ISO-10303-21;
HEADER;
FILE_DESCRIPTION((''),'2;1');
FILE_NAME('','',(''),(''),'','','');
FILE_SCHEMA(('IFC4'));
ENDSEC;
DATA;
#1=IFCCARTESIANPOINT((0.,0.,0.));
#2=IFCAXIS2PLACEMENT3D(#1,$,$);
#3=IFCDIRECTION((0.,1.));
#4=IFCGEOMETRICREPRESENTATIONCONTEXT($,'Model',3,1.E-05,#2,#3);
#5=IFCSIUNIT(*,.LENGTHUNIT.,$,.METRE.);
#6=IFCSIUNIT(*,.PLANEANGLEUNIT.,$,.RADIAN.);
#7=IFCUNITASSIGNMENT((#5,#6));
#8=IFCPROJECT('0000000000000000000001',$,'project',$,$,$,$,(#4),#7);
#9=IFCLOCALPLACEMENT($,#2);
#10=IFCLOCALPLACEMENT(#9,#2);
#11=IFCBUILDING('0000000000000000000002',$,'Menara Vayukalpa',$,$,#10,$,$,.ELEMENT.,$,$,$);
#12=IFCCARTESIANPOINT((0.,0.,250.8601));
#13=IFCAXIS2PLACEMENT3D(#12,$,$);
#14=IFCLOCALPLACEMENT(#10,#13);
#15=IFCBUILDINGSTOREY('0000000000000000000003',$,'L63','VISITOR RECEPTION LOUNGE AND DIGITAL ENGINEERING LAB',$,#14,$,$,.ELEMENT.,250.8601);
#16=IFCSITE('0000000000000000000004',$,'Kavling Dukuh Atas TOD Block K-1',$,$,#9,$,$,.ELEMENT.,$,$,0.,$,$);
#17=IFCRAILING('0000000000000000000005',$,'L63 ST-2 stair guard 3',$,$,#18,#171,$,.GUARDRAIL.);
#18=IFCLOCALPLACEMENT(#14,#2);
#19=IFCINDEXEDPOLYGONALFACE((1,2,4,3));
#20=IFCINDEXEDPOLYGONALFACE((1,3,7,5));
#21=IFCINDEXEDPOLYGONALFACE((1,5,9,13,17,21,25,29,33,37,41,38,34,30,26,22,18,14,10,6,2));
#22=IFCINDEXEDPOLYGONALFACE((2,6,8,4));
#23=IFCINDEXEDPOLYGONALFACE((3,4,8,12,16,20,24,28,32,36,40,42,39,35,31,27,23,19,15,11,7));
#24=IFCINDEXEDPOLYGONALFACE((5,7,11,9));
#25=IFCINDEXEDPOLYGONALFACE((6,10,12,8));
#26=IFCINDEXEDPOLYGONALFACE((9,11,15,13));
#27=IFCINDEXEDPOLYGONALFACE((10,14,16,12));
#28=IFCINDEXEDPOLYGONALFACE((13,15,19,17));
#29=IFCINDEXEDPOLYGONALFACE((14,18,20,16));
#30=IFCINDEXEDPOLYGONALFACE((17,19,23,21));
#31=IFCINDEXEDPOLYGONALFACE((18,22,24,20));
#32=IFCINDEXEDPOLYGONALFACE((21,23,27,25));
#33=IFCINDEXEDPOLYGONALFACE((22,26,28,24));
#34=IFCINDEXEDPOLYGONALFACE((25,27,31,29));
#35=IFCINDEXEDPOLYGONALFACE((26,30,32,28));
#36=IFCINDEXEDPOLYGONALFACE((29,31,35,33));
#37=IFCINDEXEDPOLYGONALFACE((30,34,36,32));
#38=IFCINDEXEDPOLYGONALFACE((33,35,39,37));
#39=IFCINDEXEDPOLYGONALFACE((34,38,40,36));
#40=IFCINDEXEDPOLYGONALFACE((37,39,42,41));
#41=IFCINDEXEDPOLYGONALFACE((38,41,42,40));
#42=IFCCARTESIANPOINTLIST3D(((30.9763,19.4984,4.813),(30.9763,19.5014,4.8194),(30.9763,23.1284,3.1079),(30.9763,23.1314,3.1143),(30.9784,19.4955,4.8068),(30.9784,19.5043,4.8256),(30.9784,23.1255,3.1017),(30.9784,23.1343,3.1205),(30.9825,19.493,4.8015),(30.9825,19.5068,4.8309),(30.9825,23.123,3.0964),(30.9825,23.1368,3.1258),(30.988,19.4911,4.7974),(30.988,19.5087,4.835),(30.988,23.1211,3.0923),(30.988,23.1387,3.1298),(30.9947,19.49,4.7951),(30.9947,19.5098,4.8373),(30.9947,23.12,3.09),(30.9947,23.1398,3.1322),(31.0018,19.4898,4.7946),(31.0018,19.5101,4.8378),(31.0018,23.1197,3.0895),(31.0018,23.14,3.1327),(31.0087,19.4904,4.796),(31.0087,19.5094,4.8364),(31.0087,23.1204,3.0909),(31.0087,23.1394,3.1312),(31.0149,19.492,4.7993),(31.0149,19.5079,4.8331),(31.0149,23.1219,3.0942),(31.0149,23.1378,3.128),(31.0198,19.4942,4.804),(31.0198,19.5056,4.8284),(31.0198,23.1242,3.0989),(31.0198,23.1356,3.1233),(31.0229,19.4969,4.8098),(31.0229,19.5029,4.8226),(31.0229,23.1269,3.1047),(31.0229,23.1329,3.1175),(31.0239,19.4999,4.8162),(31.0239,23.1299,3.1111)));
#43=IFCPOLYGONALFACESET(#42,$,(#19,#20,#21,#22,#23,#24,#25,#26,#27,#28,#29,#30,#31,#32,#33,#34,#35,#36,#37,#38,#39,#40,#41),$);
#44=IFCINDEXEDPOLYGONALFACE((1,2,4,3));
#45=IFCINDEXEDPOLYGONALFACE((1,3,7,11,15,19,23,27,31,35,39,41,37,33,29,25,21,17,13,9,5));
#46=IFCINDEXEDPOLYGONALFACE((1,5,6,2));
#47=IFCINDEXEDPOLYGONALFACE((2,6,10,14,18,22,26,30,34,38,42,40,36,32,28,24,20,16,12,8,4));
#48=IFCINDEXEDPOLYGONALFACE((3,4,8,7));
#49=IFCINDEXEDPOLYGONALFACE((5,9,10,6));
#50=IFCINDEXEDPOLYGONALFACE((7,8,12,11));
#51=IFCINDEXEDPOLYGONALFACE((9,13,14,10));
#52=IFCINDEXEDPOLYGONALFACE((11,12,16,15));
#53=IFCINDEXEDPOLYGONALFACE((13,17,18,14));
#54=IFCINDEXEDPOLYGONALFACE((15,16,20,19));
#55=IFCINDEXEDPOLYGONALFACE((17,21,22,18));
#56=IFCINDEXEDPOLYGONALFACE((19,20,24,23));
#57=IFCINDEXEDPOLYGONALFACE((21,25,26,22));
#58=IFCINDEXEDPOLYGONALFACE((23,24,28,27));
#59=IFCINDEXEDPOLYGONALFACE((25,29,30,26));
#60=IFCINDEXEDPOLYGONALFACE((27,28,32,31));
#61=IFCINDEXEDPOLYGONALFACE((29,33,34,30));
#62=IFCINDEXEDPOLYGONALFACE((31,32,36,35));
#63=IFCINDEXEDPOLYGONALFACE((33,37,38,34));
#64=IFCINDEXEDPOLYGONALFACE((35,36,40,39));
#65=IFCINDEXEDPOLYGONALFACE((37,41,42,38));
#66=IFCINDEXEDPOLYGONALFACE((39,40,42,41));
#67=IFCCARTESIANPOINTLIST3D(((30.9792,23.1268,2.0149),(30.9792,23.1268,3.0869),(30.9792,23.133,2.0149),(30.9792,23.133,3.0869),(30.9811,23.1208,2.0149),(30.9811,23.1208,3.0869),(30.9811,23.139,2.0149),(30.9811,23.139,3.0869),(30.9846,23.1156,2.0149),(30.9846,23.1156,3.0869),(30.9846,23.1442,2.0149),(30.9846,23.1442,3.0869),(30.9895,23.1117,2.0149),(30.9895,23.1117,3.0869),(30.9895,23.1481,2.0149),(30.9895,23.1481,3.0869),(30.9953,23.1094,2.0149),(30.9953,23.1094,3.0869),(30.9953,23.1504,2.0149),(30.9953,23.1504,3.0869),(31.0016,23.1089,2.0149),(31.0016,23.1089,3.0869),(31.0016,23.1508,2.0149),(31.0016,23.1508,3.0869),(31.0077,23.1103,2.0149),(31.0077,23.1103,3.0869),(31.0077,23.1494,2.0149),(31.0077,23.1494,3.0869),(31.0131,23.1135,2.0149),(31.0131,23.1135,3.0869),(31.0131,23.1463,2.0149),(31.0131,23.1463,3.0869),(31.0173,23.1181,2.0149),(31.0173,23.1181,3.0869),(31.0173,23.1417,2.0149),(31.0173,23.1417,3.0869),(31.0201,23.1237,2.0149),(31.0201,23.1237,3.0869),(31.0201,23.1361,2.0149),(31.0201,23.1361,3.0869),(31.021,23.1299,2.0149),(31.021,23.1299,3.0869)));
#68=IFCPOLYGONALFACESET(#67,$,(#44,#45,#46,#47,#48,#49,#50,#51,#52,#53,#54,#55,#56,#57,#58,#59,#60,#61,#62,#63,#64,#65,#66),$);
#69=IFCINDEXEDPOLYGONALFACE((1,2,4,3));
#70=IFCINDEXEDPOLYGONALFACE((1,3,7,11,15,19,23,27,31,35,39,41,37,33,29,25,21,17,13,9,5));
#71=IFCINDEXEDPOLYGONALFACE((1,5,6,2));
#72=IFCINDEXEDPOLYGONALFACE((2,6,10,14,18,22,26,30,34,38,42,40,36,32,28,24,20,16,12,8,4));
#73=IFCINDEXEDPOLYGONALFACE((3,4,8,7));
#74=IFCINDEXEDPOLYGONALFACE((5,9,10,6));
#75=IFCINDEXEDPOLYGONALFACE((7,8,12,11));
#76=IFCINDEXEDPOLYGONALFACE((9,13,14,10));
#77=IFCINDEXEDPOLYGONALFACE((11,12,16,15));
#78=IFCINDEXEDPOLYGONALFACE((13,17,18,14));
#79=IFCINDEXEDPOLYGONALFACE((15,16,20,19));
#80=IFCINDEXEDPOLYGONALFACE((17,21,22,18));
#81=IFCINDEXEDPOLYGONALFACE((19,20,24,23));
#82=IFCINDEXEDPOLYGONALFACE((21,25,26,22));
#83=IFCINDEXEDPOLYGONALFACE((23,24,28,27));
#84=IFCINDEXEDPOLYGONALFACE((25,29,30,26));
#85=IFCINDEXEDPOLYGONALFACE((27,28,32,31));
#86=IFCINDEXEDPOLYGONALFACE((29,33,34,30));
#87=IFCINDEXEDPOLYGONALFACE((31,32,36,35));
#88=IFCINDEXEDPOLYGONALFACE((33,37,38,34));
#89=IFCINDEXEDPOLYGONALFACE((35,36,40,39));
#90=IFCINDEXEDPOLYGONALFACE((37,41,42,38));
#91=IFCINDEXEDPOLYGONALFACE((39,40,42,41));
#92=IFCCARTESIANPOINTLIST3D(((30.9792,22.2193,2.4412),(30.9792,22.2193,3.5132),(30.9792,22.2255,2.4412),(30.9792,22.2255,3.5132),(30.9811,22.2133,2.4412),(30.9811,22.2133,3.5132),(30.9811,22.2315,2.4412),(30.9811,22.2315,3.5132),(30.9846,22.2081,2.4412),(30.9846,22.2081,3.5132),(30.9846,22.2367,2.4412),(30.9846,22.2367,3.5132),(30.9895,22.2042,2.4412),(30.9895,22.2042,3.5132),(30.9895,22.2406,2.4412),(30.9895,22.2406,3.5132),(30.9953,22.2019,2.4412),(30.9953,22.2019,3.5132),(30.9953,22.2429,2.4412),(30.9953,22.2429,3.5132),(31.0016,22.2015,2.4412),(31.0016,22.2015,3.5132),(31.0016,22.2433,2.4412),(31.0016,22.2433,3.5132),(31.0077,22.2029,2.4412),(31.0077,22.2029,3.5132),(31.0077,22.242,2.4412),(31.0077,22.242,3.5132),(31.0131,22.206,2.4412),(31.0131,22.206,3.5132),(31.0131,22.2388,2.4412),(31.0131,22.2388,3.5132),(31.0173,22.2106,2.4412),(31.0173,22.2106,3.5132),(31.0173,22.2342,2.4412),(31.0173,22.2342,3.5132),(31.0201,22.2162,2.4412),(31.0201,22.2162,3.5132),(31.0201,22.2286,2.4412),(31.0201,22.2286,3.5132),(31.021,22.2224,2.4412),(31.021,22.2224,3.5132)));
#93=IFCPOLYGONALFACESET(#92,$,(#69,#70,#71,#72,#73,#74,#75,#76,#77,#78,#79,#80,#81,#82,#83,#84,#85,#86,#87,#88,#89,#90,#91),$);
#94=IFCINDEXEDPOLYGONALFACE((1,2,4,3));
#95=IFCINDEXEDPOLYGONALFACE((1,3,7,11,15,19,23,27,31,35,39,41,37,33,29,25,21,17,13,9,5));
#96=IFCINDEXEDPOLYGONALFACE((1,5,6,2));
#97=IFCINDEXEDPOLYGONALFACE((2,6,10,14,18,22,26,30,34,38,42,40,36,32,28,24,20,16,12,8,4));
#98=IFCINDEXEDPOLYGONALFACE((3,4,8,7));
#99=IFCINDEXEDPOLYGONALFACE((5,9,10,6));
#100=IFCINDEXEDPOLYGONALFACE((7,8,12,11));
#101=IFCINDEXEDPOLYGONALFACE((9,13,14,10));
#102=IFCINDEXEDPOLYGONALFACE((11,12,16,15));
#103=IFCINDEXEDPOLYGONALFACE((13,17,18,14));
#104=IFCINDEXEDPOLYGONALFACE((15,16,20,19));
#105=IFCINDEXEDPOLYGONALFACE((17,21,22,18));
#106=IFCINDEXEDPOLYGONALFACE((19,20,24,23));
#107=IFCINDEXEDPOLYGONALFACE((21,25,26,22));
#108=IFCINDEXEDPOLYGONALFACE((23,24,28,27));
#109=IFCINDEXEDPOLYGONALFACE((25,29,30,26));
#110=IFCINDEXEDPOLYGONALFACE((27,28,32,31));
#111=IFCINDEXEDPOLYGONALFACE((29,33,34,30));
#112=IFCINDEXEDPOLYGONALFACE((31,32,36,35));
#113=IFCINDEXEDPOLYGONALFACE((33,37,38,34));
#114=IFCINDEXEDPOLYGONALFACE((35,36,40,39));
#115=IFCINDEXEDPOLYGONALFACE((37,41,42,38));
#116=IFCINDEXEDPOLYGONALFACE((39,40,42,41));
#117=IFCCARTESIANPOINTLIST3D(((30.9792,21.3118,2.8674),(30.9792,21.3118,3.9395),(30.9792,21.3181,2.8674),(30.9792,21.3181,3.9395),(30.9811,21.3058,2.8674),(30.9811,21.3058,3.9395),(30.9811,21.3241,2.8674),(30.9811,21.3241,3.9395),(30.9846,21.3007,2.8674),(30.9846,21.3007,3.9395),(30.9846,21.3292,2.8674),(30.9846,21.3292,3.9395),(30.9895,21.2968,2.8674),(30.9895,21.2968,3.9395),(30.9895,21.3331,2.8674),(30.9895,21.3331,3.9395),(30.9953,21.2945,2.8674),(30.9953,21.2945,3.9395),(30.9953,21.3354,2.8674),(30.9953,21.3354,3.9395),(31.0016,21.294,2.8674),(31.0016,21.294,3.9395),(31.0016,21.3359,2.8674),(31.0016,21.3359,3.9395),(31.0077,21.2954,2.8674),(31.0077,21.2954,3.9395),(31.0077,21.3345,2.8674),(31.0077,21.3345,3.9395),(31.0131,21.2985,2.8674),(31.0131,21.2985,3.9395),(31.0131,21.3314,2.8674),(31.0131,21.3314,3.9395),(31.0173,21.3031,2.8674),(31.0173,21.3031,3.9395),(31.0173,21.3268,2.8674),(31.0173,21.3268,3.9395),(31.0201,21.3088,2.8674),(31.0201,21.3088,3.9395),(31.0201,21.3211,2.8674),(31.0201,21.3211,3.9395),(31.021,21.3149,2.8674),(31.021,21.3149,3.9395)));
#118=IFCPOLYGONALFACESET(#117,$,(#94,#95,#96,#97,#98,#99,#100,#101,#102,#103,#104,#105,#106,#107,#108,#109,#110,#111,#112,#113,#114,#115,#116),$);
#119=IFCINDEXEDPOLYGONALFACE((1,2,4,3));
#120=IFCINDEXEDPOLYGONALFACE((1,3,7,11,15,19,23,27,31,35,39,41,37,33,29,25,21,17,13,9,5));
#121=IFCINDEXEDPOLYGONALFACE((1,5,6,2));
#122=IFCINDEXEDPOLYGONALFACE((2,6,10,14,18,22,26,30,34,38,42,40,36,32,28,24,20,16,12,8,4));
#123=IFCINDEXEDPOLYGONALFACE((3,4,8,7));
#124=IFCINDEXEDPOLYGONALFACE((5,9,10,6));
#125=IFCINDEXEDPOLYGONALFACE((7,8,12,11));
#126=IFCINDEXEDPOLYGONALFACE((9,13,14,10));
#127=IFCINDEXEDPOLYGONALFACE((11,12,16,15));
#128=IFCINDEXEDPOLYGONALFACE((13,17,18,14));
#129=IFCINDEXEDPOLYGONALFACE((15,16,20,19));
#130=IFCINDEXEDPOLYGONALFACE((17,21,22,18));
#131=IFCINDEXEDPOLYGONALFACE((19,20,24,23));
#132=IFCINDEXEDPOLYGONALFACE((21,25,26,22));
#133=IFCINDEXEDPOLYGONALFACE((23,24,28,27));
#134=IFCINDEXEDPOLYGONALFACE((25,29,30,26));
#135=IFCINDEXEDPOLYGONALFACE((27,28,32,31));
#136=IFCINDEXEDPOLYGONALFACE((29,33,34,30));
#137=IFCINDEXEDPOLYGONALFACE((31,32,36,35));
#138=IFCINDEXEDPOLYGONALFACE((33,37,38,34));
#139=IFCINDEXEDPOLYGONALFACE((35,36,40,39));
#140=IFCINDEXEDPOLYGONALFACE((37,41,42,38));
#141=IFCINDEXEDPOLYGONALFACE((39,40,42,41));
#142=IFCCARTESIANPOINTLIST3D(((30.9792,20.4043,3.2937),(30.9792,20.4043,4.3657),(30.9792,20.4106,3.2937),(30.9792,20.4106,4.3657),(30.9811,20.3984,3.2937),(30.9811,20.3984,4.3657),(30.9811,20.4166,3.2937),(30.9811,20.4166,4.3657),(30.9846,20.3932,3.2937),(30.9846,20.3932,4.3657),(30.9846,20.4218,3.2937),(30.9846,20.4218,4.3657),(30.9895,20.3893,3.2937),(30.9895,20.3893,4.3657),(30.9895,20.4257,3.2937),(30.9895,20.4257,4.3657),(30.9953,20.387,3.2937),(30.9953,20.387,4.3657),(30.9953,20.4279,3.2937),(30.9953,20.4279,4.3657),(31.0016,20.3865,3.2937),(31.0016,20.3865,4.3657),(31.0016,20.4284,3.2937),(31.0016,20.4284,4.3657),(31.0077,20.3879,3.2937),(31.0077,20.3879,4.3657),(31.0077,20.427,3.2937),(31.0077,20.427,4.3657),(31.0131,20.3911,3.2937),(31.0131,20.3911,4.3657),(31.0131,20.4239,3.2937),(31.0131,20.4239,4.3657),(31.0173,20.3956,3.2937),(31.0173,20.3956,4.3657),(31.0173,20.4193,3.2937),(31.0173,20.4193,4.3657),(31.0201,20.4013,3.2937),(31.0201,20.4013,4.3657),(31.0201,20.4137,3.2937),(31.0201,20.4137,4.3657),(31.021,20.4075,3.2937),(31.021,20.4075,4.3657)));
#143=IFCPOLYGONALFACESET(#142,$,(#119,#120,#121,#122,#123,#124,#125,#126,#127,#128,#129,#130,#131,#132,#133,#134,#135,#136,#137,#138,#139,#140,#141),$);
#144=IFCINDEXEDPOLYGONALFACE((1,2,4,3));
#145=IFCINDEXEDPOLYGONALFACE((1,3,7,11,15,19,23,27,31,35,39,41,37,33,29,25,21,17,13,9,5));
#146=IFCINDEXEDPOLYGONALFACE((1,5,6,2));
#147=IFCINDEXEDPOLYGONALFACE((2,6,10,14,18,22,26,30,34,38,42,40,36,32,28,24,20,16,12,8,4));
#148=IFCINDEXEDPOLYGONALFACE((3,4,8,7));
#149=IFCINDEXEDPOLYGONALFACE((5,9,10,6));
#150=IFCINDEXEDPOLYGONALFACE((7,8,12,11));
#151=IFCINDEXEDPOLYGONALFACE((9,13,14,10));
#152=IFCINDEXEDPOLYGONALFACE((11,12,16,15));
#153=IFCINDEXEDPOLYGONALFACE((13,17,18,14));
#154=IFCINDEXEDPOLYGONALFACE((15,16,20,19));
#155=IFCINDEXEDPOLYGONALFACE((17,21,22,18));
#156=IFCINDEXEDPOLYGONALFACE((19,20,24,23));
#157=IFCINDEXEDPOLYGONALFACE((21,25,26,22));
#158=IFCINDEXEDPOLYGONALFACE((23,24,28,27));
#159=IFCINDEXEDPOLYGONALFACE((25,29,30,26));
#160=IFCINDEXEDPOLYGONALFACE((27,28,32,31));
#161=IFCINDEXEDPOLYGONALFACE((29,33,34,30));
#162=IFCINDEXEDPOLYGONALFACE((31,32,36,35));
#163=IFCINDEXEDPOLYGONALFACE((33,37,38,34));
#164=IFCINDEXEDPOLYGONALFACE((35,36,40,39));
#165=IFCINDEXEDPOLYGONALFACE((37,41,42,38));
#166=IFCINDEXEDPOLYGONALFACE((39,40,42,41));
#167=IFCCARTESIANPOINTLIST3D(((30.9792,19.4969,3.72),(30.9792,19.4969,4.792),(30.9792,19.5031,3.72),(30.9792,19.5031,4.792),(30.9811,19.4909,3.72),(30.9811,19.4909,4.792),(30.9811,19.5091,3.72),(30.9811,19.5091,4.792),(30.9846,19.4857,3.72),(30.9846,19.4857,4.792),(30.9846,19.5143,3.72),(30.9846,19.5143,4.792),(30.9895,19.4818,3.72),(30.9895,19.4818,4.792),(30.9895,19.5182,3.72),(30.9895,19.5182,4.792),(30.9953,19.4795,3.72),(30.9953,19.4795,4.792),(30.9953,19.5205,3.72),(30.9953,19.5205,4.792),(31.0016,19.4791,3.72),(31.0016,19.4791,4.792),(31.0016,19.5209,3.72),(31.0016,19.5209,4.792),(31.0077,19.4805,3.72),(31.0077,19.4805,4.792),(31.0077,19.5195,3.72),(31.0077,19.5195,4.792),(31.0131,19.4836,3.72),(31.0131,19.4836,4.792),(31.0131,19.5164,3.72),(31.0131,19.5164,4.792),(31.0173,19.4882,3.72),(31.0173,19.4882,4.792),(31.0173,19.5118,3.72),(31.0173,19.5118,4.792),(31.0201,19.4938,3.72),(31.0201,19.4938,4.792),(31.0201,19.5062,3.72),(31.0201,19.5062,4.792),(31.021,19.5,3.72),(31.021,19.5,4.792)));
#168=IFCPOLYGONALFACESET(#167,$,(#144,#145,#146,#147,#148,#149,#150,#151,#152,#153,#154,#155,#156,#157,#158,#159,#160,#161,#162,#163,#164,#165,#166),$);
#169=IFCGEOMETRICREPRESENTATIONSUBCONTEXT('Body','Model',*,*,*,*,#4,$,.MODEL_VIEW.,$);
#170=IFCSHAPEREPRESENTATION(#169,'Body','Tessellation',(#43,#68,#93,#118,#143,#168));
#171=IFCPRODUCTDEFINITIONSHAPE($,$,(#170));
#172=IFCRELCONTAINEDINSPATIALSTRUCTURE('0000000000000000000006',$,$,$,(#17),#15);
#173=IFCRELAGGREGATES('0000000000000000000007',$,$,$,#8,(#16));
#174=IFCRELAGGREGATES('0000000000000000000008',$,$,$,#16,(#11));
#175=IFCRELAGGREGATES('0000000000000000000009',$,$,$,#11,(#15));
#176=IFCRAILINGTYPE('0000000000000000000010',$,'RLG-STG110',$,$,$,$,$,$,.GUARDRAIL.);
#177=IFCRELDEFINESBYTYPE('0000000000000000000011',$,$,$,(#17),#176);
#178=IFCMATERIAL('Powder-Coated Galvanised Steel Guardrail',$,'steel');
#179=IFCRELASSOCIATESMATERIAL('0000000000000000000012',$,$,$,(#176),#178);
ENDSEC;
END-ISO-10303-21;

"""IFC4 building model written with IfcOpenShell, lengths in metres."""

from ifc_helpers import new_model, si_unit, direction, frame, origin, origin_2d, place, context, subcontext, project, spatial, circle, extrude, material, type_object, element, save


model = new_model("IFC4")

# Units and contexts
model_context = context("Model", 3, precision=1e-05, world=origin(), true_north=direction((0.0, 1.0)))
body_context = subcontext(model_context, "Body", "Model", "MODEL_VIEW")
ifc_project = project(units=[si_unit("LENGTHUNIT", "METRE"), si_unit("PLANEANGLEUNIT", "RADIAN")], contexts=[model_context])

# Site, building, storey
site_placement = place(None, origin())
site = spatial("IfcSite", under=ifc_project, at=site_placement, Name="Kavling Dukuh Atas TOD Block K-1", CompositionType="ELEMENT", RefElevation=0.0)
building_placement = place(site_placement, origin())
building = spatial("IfcBuilding", under=site, at=building_placement, Name="Menara Vayukalpa", CompositionType="ELEMENT")
storey_placement = place(building_placement, frame((0.0, 0.0, 250.8601)))
storey = spatial("IfcBuildingStorey", under=building, at=storey_placement, Name="L63", Description="VISITOR RECEPTION LOUNGE AND DIGITAL ENGINEERING LAB", CompositionType="ELEMENT", Elevation=250.8601)

# Railing
ifc_material_1 = material(Name="Powder-Coated Galvanised Steel Guardrail", Category="steel")
railing_type_1 = type_object("IfcRailingType", Name="RLG-STG110", PredefinedType="GUARDRAIL", material=ifc_material_1)
railing_1_placement = place(storey_placement, frame((31.0, 23.1299, 2.0149)))
element("IfcRailing", 1, at=railing_1_placement, inside=storey, type_object=railing_type_1, Name="L63 ST-2 stair guard 3", PredefinedType="GUARDRAIL", context=body_context, shape_type="SweptSolid", body=[
    extrude(circle(Radius=0.0239, at=origin_2d()), frame((0.0, 0.0, 1.0962), z_axis=(0.0, -0.905116, 0.425164), x_axis=(1.0, 0.0, 0.0)), (0.0, 0.0, 1.0), 4.0105),
    extrude(circle(Radius=0.021, at=origin_2d()), origin(), (0.0, 0.0, 1.0), 1.072),
    extrude(circle(Radius=0.021, at=origin_2d()), frame((0.0, -0.9075, 0.4263)), (0.0, 0.0, 1.0), 1.072),
    extrude(circle(Radius=0.021, at=origin_2d()), frame((0.0, -1.8149, 0.8525)), (0.0, 0.0, 1.0), 1.072),
    extrude(circle(Radius=0.021, at=origin_2d()), frame((0.0, -2.7224, 1.2788)), (0.0, 0.0, 1.0), 1.072),
    extrude(circle(Radius=0.021, at=origin_2d()), frame((0.0, -3.6299, 1.7051)), (0.0, 0.0, 1.0), 1.072),
])

save(model, "model.ifc")
